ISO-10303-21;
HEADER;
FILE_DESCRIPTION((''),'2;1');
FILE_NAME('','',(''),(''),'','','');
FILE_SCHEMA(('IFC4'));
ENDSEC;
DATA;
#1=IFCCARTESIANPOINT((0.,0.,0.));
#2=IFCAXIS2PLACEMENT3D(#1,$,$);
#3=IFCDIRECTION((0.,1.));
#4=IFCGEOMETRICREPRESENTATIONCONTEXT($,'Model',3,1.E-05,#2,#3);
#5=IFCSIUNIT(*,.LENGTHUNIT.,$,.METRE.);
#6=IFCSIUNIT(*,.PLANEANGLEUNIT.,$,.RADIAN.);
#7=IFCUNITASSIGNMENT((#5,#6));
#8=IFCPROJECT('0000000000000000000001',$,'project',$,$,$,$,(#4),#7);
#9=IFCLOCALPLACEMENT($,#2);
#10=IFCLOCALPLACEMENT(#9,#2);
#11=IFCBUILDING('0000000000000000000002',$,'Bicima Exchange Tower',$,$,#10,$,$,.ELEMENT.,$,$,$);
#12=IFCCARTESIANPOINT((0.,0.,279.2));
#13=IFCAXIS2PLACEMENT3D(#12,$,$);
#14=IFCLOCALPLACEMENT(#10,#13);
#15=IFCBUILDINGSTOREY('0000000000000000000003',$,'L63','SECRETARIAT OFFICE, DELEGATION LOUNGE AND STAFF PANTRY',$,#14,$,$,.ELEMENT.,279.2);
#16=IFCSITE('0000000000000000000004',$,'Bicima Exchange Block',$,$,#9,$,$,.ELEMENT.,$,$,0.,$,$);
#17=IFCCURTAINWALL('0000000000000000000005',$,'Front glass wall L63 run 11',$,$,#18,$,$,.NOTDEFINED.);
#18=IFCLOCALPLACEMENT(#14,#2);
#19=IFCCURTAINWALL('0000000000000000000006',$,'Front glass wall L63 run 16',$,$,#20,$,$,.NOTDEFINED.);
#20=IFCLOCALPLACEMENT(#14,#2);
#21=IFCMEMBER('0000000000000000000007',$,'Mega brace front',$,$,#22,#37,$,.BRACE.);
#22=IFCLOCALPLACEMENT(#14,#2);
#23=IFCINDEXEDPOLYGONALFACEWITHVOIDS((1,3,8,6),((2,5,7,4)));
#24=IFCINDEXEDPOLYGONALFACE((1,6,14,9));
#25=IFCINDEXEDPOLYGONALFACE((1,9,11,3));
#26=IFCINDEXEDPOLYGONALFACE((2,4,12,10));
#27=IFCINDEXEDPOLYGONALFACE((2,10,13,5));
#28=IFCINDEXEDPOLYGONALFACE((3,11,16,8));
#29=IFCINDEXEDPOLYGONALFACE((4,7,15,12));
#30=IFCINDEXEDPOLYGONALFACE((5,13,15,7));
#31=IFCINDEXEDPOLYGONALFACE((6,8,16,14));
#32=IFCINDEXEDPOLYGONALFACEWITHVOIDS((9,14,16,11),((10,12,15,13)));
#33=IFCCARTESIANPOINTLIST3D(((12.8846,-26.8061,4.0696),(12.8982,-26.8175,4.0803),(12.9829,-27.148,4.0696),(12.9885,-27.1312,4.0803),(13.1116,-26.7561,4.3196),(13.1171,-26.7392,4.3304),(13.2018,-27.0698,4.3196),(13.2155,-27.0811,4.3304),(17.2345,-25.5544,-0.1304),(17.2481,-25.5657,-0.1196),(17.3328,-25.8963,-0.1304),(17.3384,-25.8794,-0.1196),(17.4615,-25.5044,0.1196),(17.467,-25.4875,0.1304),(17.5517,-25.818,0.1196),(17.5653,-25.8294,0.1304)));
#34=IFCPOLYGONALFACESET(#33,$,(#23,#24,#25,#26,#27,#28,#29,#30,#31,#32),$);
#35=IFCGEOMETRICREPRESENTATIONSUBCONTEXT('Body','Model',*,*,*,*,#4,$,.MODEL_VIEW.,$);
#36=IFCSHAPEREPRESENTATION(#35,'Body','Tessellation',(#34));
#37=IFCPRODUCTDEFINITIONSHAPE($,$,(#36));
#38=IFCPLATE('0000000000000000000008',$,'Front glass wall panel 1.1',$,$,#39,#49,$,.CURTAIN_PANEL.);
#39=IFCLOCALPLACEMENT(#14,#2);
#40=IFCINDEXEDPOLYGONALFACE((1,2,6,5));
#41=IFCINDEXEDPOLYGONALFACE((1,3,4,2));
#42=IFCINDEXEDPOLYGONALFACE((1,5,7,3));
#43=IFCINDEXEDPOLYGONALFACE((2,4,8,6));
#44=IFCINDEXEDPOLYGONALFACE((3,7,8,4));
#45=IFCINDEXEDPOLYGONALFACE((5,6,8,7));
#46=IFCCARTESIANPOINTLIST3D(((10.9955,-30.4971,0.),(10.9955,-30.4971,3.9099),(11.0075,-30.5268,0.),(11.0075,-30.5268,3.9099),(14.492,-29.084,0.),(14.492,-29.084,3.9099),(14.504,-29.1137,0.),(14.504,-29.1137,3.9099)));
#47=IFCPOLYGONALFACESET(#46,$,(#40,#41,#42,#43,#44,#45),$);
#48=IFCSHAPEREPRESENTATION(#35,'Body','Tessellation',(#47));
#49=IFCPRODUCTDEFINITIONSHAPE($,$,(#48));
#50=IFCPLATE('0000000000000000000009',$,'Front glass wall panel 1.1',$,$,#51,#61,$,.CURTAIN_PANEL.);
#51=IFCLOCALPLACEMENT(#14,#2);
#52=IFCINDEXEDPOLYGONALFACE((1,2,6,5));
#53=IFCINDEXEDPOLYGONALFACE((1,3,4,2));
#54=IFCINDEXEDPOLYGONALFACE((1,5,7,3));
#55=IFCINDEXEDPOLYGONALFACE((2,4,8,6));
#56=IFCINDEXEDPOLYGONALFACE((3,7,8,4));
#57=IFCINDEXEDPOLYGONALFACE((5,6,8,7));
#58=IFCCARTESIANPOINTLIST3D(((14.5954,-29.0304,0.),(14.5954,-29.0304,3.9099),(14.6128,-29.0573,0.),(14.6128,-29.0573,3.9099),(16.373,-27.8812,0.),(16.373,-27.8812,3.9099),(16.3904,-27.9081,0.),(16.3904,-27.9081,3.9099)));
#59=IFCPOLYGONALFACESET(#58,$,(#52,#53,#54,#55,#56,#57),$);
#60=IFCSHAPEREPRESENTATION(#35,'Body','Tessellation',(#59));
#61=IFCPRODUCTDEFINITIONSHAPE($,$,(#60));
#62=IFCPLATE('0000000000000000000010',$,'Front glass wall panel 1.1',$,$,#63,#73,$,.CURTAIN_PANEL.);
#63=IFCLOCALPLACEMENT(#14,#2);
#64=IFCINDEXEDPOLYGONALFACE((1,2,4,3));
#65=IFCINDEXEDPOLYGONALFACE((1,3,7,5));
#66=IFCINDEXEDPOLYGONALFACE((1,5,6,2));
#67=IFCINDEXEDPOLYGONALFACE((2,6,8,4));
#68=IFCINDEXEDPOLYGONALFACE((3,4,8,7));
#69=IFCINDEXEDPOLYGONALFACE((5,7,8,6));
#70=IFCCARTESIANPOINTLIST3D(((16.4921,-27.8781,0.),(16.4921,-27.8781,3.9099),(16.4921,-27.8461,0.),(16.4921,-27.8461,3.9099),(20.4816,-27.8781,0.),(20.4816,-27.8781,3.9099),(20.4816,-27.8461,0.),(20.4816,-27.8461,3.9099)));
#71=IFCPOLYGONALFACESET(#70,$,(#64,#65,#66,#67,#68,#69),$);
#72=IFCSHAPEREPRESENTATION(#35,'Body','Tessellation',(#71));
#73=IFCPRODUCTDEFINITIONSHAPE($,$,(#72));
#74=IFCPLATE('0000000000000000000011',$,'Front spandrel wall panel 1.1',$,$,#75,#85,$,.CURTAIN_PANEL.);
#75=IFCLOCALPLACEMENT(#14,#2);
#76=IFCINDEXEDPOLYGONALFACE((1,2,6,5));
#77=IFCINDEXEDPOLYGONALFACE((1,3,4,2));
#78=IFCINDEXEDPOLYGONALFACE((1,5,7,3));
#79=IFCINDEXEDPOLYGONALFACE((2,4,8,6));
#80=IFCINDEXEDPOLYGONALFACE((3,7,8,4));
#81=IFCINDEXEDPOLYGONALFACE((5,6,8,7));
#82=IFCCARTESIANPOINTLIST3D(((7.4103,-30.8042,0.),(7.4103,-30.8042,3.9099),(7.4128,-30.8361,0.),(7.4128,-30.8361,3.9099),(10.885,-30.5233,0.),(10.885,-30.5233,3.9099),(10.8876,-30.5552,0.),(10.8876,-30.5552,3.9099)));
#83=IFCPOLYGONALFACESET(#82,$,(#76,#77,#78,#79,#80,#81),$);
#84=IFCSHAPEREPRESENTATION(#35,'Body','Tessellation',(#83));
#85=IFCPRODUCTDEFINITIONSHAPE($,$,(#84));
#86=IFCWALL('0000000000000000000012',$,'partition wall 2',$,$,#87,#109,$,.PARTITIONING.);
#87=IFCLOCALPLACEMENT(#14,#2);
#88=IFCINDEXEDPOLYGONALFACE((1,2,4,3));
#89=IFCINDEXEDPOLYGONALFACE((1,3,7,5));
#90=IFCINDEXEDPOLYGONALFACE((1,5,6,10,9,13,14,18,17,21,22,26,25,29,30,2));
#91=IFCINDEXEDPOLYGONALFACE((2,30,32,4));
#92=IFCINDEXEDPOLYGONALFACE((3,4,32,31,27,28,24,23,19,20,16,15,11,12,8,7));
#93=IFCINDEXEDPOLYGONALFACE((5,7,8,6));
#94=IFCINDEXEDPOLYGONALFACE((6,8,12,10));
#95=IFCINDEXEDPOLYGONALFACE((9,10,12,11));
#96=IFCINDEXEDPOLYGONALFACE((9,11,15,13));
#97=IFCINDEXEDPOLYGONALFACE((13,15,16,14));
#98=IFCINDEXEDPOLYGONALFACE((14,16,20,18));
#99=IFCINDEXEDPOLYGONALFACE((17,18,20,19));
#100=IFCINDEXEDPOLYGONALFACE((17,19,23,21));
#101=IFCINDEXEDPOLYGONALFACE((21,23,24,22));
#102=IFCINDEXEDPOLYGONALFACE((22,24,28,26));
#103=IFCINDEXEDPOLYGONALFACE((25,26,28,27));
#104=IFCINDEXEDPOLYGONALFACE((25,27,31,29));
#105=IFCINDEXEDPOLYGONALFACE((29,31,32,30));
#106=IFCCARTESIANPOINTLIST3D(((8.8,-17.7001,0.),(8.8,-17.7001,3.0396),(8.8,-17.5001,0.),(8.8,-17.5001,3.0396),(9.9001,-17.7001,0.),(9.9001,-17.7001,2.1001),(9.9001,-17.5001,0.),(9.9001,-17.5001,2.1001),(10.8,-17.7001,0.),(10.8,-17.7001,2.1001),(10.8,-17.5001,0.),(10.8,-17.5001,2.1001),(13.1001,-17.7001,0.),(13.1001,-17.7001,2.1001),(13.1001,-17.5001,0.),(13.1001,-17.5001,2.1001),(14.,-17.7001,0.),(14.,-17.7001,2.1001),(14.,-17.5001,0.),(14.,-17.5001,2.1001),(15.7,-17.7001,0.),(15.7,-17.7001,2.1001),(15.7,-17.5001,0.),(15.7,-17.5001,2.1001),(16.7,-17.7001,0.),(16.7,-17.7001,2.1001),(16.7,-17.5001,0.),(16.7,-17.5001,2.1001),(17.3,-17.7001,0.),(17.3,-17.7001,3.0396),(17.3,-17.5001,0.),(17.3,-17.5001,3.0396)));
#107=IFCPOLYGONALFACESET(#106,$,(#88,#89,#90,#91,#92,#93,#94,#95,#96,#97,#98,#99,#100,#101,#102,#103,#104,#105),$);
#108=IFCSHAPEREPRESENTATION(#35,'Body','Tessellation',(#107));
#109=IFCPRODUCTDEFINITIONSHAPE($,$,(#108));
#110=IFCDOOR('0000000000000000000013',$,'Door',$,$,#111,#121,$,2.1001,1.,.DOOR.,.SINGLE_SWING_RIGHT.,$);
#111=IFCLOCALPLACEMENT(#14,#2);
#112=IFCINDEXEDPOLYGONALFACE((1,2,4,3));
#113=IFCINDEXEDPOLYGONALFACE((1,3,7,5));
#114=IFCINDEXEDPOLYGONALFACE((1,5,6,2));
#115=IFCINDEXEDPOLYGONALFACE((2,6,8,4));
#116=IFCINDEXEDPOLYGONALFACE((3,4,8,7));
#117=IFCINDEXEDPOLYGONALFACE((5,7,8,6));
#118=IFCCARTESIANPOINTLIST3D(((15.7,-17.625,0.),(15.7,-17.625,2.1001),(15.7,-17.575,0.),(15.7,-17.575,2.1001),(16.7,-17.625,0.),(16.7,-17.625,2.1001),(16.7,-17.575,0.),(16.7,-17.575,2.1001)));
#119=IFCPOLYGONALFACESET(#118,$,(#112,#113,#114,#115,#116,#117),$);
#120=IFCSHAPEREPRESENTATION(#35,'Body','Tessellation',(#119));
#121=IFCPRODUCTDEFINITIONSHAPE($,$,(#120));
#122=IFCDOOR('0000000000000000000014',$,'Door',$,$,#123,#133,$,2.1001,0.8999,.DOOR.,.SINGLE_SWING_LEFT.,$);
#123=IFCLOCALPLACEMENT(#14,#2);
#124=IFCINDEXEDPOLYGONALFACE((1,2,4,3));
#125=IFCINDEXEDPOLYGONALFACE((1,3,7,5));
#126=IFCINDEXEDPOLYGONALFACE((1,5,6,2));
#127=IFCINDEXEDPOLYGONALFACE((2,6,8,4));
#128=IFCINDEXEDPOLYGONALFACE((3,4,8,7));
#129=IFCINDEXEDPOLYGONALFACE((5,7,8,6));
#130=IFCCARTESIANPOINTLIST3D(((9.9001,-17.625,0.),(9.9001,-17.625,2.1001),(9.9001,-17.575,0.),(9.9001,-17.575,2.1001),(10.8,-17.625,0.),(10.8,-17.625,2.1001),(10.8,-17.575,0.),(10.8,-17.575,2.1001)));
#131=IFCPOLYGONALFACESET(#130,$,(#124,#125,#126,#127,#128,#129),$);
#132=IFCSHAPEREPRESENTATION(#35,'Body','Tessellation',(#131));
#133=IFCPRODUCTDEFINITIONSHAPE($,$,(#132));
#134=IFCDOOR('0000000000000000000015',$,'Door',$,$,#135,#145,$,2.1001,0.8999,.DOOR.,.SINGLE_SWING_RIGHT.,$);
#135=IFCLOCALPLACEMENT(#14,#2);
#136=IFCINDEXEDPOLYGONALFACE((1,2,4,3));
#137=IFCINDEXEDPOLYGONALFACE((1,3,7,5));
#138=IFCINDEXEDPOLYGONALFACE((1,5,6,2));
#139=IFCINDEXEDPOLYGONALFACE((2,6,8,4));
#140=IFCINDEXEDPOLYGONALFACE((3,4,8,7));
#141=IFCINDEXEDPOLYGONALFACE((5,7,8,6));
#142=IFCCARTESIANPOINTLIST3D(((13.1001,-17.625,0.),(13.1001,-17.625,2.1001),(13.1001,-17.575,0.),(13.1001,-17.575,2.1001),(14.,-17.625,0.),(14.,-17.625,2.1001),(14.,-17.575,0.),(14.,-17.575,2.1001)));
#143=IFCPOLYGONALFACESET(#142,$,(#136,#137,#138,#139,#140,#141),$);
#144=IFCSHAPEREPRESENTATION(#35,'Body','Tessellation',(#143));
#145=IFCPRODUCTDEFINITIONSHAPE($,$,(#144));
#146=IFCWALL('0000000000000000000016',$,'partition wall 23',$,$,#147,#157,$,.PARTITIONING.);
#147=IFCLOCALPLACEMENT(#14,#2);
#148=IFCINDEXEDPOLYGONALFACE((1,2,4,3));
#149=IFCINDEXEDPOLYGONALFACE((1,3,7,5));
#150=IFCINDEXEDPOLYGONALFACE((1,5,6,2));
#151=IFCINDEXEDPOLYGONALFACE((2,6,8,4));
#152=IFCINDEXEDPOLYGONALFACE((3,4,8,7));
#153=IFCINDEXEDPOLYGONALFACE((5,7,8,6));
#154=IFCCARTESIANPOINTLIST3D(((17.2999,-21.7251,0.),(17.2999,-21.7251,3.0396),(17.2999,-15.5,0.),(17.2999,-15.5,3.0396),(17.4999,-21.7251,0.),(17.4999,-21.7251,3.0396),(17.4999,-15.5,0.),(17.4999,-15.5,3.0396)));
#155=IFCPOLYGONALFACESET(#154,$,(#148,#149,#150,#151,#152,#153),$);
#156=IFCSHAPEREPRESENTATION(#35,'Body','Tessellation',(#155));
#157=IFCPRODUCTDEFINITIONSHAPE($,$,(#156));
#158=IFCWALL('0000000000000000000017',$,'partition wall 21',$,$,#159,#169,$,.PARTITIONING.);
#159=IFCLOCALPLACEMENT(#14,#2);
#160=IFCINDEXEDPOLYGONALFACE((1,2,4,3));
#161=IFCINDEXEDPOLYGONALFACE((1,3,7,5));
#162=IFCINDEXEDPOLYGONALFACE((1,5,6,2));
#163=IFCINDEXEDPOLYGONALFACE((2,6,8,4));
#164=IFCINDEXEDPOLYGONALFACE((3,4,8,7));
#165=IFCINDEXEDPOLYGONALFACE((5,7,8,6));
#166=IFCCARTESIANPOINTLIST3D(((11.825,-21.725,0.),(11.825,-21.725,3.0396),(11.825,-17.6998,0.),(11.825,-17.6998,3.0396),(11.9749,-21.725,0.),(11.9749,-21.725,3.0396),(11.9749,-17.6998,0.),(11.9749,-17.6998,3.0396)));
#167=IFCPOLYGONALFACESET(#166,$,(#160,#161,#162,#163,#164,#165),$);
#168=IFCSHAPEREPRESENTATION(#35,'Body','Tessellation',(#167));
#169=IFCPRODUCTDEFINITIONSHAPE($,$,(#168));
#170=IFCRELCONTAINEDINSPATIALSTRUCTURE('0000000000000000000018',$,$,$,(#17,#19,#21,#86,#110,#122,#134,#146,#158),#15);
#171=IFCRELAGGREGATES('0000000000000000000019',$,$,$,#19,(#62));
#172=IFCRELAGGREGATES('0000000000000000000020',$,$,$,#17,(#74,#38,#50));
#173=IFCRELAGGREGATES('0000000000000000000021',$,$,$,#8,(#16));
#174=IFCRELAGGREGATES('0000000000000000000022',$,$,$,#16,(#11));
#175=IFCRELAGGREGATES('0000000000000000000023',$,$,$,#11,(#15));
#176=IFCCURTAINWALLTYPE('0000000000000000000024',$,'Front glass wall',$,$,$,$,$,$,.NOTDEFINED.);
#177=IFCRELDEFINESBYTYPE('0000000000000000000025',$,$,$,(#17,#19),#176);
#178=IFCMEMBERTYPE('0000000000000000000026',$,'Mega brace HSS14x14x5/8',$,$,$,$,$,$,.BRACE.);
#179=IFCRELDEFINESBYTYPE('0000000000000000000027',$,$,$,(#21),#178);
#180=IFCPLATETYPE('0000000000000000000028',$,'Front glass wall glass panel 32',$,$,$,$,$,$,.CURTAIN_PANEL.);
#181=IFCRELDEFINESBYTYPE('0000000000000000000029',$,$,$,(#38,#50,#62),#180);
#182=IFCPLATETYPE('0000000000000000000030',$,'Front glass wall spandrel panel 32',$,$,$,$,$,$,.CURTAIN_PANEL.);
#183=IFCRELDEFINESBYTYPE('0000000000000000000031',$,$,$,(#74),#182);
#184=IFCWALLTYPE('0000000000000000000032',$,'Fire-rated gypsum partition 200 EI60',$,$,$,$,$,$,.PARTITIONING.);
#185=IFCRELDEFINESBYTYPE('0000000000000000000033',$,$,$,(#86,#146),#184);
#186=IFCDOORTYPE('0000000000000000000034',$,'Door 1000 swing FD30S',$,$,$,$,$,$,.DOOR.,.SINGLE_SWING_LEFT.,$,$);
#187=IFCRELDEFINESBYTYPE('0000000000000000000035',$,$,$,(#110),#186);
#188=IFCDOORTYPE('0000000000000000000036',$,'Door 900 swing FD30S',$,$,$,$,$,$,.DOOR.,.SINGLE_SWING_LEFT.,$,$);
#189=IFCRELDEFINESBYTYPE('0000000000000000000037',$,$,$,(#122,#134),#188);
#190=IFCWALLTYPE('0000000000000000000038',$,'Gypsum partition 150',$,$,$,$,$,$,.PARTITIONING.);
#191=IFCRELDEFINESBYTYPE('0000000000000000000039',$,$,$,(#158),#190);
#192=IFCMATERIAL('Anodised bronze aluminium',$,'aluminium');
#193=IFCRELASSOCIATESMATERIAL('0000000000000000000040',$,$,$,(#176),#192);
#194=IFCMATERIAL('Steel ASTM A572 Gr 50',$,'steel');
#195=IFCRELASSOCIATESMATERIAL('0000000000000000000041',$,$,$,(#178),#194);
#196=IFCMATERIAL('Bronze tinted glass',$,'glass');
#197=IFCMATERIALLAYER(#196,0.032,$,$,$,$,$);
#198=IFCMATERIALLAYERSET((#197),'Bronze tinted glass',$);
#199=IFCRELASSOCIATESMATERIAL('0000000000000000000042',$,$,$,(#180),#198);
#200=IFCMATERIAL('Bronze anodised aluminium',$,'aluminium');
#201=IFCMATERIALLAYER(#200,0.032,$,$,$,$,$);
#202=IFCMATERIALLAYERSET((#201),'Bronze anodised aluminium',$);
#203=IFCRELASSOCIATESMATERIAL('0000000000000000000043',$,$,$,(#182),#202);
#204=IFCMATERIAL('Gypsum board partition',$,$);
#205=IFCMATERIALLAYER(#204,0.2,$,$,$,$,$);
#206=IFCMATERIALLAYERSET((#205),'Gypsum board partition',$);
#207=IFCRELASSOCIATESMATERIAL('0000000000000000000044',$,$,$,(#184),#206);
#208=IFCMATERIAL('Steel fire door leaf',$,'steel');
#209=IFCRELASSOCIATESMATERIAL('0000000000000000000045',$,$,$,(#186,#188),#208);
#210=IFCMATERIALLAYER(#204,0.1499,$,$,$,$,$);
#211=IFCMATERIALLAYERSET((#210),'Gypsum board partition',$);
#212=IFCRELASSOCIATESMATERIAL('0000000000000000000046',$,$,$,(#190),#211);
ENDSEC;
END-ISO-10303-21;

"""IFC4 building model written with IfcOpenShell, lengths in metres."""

from ifc_helpers import new_model, si_unit, direction, frame, frame_2d, origin, origin_2d, place, context, subcontext, project, spatial, rectangle, hollow_rectangle, extrude, material, layer, layer_set, material_profile, profile_set, type_object, element, fill, aggregate, save


model = new_model("IFC4")

# Units and contexts
model_context = context("Model", 3, precision=1e-05, world=origin(), true_north=direction((0.0, 1.0)))
body_context = subcontext(model_context, "Body", "Model", "MODEL_VIEW")
ifc_project = project(units=[si_unit("LENGTHUNIT", "METRE"), si_unit("PLANEANGLEUNIT", "RADIAN")], contexts=[model_context])

# Site, building, storey
site_placement = place(None, origin())
site = spatial("IfcSite", under=ifc_project, at=site_placement, Name="Bicima Exchange Block", CompositionType="ELEMENT", RefElevation=0.0)
building_placement = place(site_placement, origin())
building = spatial("IfcBuilding", under=site, at=building_placement, Name="Bicima Exchange Tower", CompositionType="ELEMENT")
storey_placement = place(building_placement, frame((0.0, 0.0, 279.2)))
storey = spatial("IfcBuildingStorey", under=building, at=storey_placement, Name="L63", Description="SECRETARIAT OFFICE, DELEGATION LOUNGE AND STAFF PANTRY", CompositionType="ELEMENT", Elevation=279.2)

# Curtain wall
ifc_material_1 = material(Name="Anodised bronze aluminium", Category="aluminium")
curtain_wall_type = type_object("IfcCurtainWallType", Name="Front glass wall", PredefinedType="NOTDEFINED", material=ifc_material_1)
curtain_wall_1_placement = place(storey_placement, origin())
curtain_wall_1 = element("IfcCurtainWall", 1, at=curtain_wall_1_placement, inside=storey, type_object=curtain_wall_type, Name="Front glass wall L63 run 11", PredefinedType="NOTDEFINED")

# Curtain wall
curtain_wall_2_placement = place(storey_placement, origin())
curtain_wall_2 = element("IfcCurtainWall", 2, at=curtain_wall_2_placement, inside=storey, type_object=curtain_wall_type, Name="Front glass wall L63 run 16", PredefinedType="NOTDEFINED")

# Member
ifc_material_2 = material(Name="Steel ASTM A572 Gr 50", Category="steel")
ifc_material_profile_1 = material_profile(ifc_material_2, hollow_rectangle(XDim=0.3557, YDim=0.3557, WallThickness=0.0146, at=origin_2d()))
ifc_profile_set_1 = profile_set([ifc_material_profile_1], Name="Steel ASTM A572 Gr 50")
member_type_1 = type_object("IfcMemberType", Name="Mega brace HSS14x14x5/8", PredefinedType="BRACE", material=ifc_profile_set_1)
member_1_placement = place(storey_placement, frame((17.3999, -25.6919, 0.0), z_axis=(-0.704458, -0.202714, 0.680181), x_axis=(0.276537, -0.961003, 0.0)))
element("IfcMember", 3, at=member_1_placement, inside=storey, type_object=member_type_1, Name="Mega brace front", PredefinedType="BRACE", context=body_context, shape_type="SweptSolid", body=[
    extrude(hollow_rectangle(XDim=0.3557, YDim=0.3557, WallThickness=0.0146, at=origin_2d()), origin(), (0.0, 0.0, 1.0), 6.1748),
])

# Plates
ifc_material_3 = material(Name="Bronze tinted glass", Category="glass")
ifc_layer_1 = layer(ifc_material_3, 0.032)
ifc_layer_set_1 = layer_set([ifc_layer_1], Name="Bronze tinted glass")
plate_type_1 = type_object("IfcPlateType", Name="Front glass wall glass panel 32", PredefinedType="CURTAIN_PANEL", material=ifc_layer_set_1)
plate_1_placement = place(storey_placement, frame((12.7498, -29.8054, 0.0), z_axis=(0.0, 0.0, 1.0), x_axis=(0.927144, 0.374705, 0.0)))
plate_1 = element("IfcPlate", 4, at=plate_1_placement, type_object=plate_type_1, Name="Front glass wall panel 1.1", PredefinedType="CURTAIN_PANEL", context=body_context, shape_type="SweptSolid", body=[
    extrude(rectangle(XDim=3.7712, YDim=0.032, at=origin_2d()), origin(), (0.0, 0.0, 1.0), 3.9099),
])
plate_2_placement = place(storey_placement, frame((15.4929, -28.4692, 0.0), z_axis=(0.0, 0.0, 1.0), x_axis=(0.839791, 0.542909, 0.0)))
plate_2 = element("IfcPlate", 5, at=plate_2_placement, type_object=plate_type_1, Name="Front glass wall panel 1.1", PredefinedType="CURTAIN_PANEL", context=body_context, shape_type="SweptSolid", body=[
    extrude(rectangle(XDim=2.1167, YDim=0.032, at=origin_2d()), origin(), (0.0, 0.0, 1.0), 3.9099),
])
plate_3_placement = place(storey_placement, frame((18.4868, -27.8621, 0.0), z_axis=(0.0, 0.0, 1.0), x_axis=(1.0, 0.0, 0.0)))
plate_3 = element("IfcPlate", 6, at=plate_3_placement, type_object=plate_type_1, Name="Front glass wall panel 1.1", PredefinedType="CURTAIN_PANEL", context=body_context, shape_type="SweptSolid", body=[
    extrude(rectangle(XDim=3.9895, YDim=0.032, at=origin_2d()), origin(), (0.0, 0.0, 1.0), 3.9099),
])
aggregate(curtain_wall_2, [plate_3])
ifc_material_4 = material(Name="Bronze anodised aluminium", Category="aluminium")
ifc_layer_2 = layer(ifc_material_4, 0.032)
ifc_layer_set_2 = layer_set([ifc_layer_2], Name="Bronze anodised aluminium")
plate_type_2 = type_object("IfcPlateType", Name="Front glass wall spandrel panel 32", PredefinedType="CURTAIN_PANEL", material=ifc_layer_set_2)
plate_4_placement = place(storey_placement, frame((9.1489, -30.6797, 0.0), z_axis=(0.0, 0.0, 1.0), x_axis=(0.996747, 0.080589, 0.0)))
plate_4 = element("IfcPlate", 7, at=plate_4_placement, type_object=plate_type_2, Name="Front spandrel wall panel 1.1", PredefinedType="CURTAIN_PANEL", context=body_context, shape_type="SweptSolid", body=[
    extrude(rectangle(XDim=3.4861, YDim=0.032, at=origin_2d()), origin(), (0.0, 0.0, 1.0), 3.9099),
])
aggregate(curtain_wall_1, [plate_4, plate_1, plate_2])

# Wall, openings, doors
ifc_material_5 = material(Name="Gypsum board partition")
ifc_layer_3 = layer(ifc_material_5, 0.2)
ifc_layer_set_3 = layer_set([ifc_layer_3], Name="Gypsum board partition")
wall_type_1 = type_object("IfcWallType", Name="Fire-rated gypsum partition 200 EI60", PredefinedType="PARTITIONING", material=ifc_layer_set_3)
wall_1_placement = place(storey_placement, frame((8.8, -17.6001, 0.0), z_axis=(0.0, 0.0, 1.0), x_axis=(1.0, 0.0, 0.0)))
wall_1 = element("IfcWall", 8, at=wall_1_placement, inside=storey, type_object=wall_type_1, Name="partition wall 2", PredefinedType="PARTITIONING", context=body_context, shape_type="SweptSolid", body=[
    extrude(rectangle(XDim=8.5, YDim=0.2, at=frame_2d((4.25, 0.0))), origin(), (0.0, 0.0, 1.0), 3.0396),
])
opening_1_placement = place(wall_1_placement, frame((1.1001, 0.0, 0.0)))
opening_1 = element("IfcOpeningElement", 9, at=opening_1_placement, cuts=wall_1, PredefinedType="OPENING", context=body_context, shape_type="SweptSolid", body=[
    extrude(rectangle(XDim=0.8999, YDim=2.1001, at=frame_2d((0.45, 1.05))), frame((0.0, 0.1118, 0.0), z_axis=(0.0, -1.0, 0.0), x_axis=(1.0, 0.0, 0.0)), (0.0, 0.0, 1.0), 0.2239),
])
opening_2_placement = place(wall_1_placement, frame((4.3, 0.0, 0.0)))
opening_2 = element("IfcOpeningElement", 10, at=opening_2_placement, cuts=wall_1, PredefinedType="OPENING", context=body_context, shape_type="SweptSolid", body=[
    extrude(rectangle(XDim=0.8999, YDim=2.1001, at=frame_2d((0.45, 1.05))), frame((0.0, 0.1118, 0.0), z_axis=(0.0, -1.0, 0.0), x_axis=(1.0, 0.0, 0.0)), (0.0, 0.0, 1.0), 0.2239),
])
opening_3_placement = place(wall_1_placement, frame((6.8999, 0.0, 0.0)))
opening_3 = element("IfcOpeningElement", 11, at=opening_3_placement, cuts=wall_1, PredefinedType="OPENING", context=body_context, shape_type="SweptSolid", body=[
    extrude(rectangle(XDim=1.0, YDim=2.1001, at=frame_2d((0.5, 1.05))), frame((0.0, 0.1118, 0.0), z_axis=(0.0, -1.0, 0.0), x_axis=(1.0, 0.0, 0.0)), (0.0, 0.0, 1.0), 0.2239),
])
ifc_material_6 = material(Name="Steel fire door leaf", Category="steel")
door_type_1 = type_object("IfcDoorType", Name="Door 1000 swing FD30S", OperationType="SINGLE_SWING_LEFT", PredefinedType="DOOR", material=ifc_material_6)
door_1_placement = place(opening_3_placement, frame((1.0, 0.0, 0.0), z_axis=(0.0, 0.0, 1.0), x_axis=(-1.0, 0.0, 0.0)))
door_1 = element("IfcDoor", 12, at=door_1_placement, inside=storey, type_object=door_type_1, Name="Door", OperationType="SINGLE_SWING_RIGHT", OverallHeight=2.1001, OverallWidth=1.0, PredefinedType="DOOR", context=body_context, shape_type="SweptSolid", body=[
    extrude(rectangle(XDim=1.0, YDim=2.1001, at=frame_2d((0.5, 1.05))), frame((0.0, 0.0249, 0.0), z_axis=(0.0, -1.0, 0.0), x_axis=(1.0, 0.0, 0.0)), (0.0, 0.0, 1.0), 0.05),
])
fill(opening_3, door_1)
door_type_2 = type_object("IfcDoorType", Name="Door 900 swing FD30S", OperationType="SINGLE_SWING_LEFT", PredefinedType="DOOR", material=ifc_material_6)
door_2_placement = place(opening_1_placement, frame((0.8999, 0.0, 0.0), z_axis=(0.0, 0.0, 1.0), x_axis=(-1.0, 0.0, 0.0)))
door_2 = element("IfcDoor", 13, at=door_2_placement, inside=storey, type_object=door_type_2, Name="Door", OperationType="SINGLE_SWING_LEFT", OverallHeight=2.1001, OverallWidth=0.8999, PredefinedType="DOOR", context=body_context, shape_type="SweptSolid", body=[
    extrude(rectangle(XDim=0.8999, YDim=2.1001, at=frame_2d((0.45, 1.05))), frame((0.0, 0.0249, 0.0), z_axis=(0.0, -1.0, 0.0), x_axis=(1.0, 0.0, 0.0)), (0.0, 0.0, 1.0), 0.05),
])
fill(opening_1, door_2)
door_3_placement = place(opening_2_placement, frame((0.8999, 0.0, 0.0), z_axis=(0.0, 0.0, 1.0), x_axis=(-1.0, 0.0, 0.0)))
door_3 = element("IfcDoor", 14, at=door_3_placement, inside=storey, type_object=door_type_2, Name="Door", OperationType="SINGLE_SWING_RIGHT", OverallHeight=2.1001, OverallWidth=0.8999, PredefinedType="DOOR", context=body_context, shape_type="SweptSolid", body=[
    extrude(rectangle(XDim=0.8999, YDim=2.1001, at=frame_2d((0.45, 1.05))), frame((0.0, 0.0249, 0.0), z_axis=(0.0, -1.0, 0.0), x_axis=(1.0, 0.0, 0.0)), (0.0, 0.0, 1.0), 0.05),
])
fill(opening_2, door_3)

# Walls
wall_2_placement = place(storey_placement, frame((17.3999, -21.7251, 0.0), z_axis=(0.0, 0.0, 1.0), x_axis=(0.0, 1.0, 0.0)))
element("IfcWall", 15, at=wall_2_placement, inside=storey, type_object=wall_type_1, Name="partition wall 23", PredefinedType="PARTITIONING", context=body_context, shape_type="SweptSolid", body=[
    extrude(rectangle(XDim=6.2251, YDim=0.2, at=frame_2d((3.1125, 0.0))), origin(), (0.0, 0.0, 1.0), 3.0396),
])
ifc_layer_4 = layer(ifc_material_5, 0.1499)
ifc_layer_set_4 = layer_set([ifc_layer_4], Name="Gypsum board partition")
wall_type_2 = type_object("IfcWallType", Name="Gypsum partition 150", PredefinedType="PARTITIONING", material=ifc_layer_set_4)
for number, where, z_axis, x_axis, name in (
    (16, (11.8999, -21.7251, 0.0), (0.0, 0.0, 1.0), (0.0, 1.0, 0.0), "partition wall 21"),
):
    element("IfcWall", number, at=place(storey_placement, frame(where, z_axis=z_axis, x_axis=x_axis)), inside=storey, type_object=wall_type_2, Name=name, PredefinedType="PARTITIONING", context=body_context, shape_type="SweptSolid", body=[
        extrude(rectangle(XDim=4.0251, YDim=0.1499, at=frame_2d((2.0127, 0.0))), origin(), (0.0, 0.0, 1.0), 3.0396),
    ])

save(model, "model.ifc")
